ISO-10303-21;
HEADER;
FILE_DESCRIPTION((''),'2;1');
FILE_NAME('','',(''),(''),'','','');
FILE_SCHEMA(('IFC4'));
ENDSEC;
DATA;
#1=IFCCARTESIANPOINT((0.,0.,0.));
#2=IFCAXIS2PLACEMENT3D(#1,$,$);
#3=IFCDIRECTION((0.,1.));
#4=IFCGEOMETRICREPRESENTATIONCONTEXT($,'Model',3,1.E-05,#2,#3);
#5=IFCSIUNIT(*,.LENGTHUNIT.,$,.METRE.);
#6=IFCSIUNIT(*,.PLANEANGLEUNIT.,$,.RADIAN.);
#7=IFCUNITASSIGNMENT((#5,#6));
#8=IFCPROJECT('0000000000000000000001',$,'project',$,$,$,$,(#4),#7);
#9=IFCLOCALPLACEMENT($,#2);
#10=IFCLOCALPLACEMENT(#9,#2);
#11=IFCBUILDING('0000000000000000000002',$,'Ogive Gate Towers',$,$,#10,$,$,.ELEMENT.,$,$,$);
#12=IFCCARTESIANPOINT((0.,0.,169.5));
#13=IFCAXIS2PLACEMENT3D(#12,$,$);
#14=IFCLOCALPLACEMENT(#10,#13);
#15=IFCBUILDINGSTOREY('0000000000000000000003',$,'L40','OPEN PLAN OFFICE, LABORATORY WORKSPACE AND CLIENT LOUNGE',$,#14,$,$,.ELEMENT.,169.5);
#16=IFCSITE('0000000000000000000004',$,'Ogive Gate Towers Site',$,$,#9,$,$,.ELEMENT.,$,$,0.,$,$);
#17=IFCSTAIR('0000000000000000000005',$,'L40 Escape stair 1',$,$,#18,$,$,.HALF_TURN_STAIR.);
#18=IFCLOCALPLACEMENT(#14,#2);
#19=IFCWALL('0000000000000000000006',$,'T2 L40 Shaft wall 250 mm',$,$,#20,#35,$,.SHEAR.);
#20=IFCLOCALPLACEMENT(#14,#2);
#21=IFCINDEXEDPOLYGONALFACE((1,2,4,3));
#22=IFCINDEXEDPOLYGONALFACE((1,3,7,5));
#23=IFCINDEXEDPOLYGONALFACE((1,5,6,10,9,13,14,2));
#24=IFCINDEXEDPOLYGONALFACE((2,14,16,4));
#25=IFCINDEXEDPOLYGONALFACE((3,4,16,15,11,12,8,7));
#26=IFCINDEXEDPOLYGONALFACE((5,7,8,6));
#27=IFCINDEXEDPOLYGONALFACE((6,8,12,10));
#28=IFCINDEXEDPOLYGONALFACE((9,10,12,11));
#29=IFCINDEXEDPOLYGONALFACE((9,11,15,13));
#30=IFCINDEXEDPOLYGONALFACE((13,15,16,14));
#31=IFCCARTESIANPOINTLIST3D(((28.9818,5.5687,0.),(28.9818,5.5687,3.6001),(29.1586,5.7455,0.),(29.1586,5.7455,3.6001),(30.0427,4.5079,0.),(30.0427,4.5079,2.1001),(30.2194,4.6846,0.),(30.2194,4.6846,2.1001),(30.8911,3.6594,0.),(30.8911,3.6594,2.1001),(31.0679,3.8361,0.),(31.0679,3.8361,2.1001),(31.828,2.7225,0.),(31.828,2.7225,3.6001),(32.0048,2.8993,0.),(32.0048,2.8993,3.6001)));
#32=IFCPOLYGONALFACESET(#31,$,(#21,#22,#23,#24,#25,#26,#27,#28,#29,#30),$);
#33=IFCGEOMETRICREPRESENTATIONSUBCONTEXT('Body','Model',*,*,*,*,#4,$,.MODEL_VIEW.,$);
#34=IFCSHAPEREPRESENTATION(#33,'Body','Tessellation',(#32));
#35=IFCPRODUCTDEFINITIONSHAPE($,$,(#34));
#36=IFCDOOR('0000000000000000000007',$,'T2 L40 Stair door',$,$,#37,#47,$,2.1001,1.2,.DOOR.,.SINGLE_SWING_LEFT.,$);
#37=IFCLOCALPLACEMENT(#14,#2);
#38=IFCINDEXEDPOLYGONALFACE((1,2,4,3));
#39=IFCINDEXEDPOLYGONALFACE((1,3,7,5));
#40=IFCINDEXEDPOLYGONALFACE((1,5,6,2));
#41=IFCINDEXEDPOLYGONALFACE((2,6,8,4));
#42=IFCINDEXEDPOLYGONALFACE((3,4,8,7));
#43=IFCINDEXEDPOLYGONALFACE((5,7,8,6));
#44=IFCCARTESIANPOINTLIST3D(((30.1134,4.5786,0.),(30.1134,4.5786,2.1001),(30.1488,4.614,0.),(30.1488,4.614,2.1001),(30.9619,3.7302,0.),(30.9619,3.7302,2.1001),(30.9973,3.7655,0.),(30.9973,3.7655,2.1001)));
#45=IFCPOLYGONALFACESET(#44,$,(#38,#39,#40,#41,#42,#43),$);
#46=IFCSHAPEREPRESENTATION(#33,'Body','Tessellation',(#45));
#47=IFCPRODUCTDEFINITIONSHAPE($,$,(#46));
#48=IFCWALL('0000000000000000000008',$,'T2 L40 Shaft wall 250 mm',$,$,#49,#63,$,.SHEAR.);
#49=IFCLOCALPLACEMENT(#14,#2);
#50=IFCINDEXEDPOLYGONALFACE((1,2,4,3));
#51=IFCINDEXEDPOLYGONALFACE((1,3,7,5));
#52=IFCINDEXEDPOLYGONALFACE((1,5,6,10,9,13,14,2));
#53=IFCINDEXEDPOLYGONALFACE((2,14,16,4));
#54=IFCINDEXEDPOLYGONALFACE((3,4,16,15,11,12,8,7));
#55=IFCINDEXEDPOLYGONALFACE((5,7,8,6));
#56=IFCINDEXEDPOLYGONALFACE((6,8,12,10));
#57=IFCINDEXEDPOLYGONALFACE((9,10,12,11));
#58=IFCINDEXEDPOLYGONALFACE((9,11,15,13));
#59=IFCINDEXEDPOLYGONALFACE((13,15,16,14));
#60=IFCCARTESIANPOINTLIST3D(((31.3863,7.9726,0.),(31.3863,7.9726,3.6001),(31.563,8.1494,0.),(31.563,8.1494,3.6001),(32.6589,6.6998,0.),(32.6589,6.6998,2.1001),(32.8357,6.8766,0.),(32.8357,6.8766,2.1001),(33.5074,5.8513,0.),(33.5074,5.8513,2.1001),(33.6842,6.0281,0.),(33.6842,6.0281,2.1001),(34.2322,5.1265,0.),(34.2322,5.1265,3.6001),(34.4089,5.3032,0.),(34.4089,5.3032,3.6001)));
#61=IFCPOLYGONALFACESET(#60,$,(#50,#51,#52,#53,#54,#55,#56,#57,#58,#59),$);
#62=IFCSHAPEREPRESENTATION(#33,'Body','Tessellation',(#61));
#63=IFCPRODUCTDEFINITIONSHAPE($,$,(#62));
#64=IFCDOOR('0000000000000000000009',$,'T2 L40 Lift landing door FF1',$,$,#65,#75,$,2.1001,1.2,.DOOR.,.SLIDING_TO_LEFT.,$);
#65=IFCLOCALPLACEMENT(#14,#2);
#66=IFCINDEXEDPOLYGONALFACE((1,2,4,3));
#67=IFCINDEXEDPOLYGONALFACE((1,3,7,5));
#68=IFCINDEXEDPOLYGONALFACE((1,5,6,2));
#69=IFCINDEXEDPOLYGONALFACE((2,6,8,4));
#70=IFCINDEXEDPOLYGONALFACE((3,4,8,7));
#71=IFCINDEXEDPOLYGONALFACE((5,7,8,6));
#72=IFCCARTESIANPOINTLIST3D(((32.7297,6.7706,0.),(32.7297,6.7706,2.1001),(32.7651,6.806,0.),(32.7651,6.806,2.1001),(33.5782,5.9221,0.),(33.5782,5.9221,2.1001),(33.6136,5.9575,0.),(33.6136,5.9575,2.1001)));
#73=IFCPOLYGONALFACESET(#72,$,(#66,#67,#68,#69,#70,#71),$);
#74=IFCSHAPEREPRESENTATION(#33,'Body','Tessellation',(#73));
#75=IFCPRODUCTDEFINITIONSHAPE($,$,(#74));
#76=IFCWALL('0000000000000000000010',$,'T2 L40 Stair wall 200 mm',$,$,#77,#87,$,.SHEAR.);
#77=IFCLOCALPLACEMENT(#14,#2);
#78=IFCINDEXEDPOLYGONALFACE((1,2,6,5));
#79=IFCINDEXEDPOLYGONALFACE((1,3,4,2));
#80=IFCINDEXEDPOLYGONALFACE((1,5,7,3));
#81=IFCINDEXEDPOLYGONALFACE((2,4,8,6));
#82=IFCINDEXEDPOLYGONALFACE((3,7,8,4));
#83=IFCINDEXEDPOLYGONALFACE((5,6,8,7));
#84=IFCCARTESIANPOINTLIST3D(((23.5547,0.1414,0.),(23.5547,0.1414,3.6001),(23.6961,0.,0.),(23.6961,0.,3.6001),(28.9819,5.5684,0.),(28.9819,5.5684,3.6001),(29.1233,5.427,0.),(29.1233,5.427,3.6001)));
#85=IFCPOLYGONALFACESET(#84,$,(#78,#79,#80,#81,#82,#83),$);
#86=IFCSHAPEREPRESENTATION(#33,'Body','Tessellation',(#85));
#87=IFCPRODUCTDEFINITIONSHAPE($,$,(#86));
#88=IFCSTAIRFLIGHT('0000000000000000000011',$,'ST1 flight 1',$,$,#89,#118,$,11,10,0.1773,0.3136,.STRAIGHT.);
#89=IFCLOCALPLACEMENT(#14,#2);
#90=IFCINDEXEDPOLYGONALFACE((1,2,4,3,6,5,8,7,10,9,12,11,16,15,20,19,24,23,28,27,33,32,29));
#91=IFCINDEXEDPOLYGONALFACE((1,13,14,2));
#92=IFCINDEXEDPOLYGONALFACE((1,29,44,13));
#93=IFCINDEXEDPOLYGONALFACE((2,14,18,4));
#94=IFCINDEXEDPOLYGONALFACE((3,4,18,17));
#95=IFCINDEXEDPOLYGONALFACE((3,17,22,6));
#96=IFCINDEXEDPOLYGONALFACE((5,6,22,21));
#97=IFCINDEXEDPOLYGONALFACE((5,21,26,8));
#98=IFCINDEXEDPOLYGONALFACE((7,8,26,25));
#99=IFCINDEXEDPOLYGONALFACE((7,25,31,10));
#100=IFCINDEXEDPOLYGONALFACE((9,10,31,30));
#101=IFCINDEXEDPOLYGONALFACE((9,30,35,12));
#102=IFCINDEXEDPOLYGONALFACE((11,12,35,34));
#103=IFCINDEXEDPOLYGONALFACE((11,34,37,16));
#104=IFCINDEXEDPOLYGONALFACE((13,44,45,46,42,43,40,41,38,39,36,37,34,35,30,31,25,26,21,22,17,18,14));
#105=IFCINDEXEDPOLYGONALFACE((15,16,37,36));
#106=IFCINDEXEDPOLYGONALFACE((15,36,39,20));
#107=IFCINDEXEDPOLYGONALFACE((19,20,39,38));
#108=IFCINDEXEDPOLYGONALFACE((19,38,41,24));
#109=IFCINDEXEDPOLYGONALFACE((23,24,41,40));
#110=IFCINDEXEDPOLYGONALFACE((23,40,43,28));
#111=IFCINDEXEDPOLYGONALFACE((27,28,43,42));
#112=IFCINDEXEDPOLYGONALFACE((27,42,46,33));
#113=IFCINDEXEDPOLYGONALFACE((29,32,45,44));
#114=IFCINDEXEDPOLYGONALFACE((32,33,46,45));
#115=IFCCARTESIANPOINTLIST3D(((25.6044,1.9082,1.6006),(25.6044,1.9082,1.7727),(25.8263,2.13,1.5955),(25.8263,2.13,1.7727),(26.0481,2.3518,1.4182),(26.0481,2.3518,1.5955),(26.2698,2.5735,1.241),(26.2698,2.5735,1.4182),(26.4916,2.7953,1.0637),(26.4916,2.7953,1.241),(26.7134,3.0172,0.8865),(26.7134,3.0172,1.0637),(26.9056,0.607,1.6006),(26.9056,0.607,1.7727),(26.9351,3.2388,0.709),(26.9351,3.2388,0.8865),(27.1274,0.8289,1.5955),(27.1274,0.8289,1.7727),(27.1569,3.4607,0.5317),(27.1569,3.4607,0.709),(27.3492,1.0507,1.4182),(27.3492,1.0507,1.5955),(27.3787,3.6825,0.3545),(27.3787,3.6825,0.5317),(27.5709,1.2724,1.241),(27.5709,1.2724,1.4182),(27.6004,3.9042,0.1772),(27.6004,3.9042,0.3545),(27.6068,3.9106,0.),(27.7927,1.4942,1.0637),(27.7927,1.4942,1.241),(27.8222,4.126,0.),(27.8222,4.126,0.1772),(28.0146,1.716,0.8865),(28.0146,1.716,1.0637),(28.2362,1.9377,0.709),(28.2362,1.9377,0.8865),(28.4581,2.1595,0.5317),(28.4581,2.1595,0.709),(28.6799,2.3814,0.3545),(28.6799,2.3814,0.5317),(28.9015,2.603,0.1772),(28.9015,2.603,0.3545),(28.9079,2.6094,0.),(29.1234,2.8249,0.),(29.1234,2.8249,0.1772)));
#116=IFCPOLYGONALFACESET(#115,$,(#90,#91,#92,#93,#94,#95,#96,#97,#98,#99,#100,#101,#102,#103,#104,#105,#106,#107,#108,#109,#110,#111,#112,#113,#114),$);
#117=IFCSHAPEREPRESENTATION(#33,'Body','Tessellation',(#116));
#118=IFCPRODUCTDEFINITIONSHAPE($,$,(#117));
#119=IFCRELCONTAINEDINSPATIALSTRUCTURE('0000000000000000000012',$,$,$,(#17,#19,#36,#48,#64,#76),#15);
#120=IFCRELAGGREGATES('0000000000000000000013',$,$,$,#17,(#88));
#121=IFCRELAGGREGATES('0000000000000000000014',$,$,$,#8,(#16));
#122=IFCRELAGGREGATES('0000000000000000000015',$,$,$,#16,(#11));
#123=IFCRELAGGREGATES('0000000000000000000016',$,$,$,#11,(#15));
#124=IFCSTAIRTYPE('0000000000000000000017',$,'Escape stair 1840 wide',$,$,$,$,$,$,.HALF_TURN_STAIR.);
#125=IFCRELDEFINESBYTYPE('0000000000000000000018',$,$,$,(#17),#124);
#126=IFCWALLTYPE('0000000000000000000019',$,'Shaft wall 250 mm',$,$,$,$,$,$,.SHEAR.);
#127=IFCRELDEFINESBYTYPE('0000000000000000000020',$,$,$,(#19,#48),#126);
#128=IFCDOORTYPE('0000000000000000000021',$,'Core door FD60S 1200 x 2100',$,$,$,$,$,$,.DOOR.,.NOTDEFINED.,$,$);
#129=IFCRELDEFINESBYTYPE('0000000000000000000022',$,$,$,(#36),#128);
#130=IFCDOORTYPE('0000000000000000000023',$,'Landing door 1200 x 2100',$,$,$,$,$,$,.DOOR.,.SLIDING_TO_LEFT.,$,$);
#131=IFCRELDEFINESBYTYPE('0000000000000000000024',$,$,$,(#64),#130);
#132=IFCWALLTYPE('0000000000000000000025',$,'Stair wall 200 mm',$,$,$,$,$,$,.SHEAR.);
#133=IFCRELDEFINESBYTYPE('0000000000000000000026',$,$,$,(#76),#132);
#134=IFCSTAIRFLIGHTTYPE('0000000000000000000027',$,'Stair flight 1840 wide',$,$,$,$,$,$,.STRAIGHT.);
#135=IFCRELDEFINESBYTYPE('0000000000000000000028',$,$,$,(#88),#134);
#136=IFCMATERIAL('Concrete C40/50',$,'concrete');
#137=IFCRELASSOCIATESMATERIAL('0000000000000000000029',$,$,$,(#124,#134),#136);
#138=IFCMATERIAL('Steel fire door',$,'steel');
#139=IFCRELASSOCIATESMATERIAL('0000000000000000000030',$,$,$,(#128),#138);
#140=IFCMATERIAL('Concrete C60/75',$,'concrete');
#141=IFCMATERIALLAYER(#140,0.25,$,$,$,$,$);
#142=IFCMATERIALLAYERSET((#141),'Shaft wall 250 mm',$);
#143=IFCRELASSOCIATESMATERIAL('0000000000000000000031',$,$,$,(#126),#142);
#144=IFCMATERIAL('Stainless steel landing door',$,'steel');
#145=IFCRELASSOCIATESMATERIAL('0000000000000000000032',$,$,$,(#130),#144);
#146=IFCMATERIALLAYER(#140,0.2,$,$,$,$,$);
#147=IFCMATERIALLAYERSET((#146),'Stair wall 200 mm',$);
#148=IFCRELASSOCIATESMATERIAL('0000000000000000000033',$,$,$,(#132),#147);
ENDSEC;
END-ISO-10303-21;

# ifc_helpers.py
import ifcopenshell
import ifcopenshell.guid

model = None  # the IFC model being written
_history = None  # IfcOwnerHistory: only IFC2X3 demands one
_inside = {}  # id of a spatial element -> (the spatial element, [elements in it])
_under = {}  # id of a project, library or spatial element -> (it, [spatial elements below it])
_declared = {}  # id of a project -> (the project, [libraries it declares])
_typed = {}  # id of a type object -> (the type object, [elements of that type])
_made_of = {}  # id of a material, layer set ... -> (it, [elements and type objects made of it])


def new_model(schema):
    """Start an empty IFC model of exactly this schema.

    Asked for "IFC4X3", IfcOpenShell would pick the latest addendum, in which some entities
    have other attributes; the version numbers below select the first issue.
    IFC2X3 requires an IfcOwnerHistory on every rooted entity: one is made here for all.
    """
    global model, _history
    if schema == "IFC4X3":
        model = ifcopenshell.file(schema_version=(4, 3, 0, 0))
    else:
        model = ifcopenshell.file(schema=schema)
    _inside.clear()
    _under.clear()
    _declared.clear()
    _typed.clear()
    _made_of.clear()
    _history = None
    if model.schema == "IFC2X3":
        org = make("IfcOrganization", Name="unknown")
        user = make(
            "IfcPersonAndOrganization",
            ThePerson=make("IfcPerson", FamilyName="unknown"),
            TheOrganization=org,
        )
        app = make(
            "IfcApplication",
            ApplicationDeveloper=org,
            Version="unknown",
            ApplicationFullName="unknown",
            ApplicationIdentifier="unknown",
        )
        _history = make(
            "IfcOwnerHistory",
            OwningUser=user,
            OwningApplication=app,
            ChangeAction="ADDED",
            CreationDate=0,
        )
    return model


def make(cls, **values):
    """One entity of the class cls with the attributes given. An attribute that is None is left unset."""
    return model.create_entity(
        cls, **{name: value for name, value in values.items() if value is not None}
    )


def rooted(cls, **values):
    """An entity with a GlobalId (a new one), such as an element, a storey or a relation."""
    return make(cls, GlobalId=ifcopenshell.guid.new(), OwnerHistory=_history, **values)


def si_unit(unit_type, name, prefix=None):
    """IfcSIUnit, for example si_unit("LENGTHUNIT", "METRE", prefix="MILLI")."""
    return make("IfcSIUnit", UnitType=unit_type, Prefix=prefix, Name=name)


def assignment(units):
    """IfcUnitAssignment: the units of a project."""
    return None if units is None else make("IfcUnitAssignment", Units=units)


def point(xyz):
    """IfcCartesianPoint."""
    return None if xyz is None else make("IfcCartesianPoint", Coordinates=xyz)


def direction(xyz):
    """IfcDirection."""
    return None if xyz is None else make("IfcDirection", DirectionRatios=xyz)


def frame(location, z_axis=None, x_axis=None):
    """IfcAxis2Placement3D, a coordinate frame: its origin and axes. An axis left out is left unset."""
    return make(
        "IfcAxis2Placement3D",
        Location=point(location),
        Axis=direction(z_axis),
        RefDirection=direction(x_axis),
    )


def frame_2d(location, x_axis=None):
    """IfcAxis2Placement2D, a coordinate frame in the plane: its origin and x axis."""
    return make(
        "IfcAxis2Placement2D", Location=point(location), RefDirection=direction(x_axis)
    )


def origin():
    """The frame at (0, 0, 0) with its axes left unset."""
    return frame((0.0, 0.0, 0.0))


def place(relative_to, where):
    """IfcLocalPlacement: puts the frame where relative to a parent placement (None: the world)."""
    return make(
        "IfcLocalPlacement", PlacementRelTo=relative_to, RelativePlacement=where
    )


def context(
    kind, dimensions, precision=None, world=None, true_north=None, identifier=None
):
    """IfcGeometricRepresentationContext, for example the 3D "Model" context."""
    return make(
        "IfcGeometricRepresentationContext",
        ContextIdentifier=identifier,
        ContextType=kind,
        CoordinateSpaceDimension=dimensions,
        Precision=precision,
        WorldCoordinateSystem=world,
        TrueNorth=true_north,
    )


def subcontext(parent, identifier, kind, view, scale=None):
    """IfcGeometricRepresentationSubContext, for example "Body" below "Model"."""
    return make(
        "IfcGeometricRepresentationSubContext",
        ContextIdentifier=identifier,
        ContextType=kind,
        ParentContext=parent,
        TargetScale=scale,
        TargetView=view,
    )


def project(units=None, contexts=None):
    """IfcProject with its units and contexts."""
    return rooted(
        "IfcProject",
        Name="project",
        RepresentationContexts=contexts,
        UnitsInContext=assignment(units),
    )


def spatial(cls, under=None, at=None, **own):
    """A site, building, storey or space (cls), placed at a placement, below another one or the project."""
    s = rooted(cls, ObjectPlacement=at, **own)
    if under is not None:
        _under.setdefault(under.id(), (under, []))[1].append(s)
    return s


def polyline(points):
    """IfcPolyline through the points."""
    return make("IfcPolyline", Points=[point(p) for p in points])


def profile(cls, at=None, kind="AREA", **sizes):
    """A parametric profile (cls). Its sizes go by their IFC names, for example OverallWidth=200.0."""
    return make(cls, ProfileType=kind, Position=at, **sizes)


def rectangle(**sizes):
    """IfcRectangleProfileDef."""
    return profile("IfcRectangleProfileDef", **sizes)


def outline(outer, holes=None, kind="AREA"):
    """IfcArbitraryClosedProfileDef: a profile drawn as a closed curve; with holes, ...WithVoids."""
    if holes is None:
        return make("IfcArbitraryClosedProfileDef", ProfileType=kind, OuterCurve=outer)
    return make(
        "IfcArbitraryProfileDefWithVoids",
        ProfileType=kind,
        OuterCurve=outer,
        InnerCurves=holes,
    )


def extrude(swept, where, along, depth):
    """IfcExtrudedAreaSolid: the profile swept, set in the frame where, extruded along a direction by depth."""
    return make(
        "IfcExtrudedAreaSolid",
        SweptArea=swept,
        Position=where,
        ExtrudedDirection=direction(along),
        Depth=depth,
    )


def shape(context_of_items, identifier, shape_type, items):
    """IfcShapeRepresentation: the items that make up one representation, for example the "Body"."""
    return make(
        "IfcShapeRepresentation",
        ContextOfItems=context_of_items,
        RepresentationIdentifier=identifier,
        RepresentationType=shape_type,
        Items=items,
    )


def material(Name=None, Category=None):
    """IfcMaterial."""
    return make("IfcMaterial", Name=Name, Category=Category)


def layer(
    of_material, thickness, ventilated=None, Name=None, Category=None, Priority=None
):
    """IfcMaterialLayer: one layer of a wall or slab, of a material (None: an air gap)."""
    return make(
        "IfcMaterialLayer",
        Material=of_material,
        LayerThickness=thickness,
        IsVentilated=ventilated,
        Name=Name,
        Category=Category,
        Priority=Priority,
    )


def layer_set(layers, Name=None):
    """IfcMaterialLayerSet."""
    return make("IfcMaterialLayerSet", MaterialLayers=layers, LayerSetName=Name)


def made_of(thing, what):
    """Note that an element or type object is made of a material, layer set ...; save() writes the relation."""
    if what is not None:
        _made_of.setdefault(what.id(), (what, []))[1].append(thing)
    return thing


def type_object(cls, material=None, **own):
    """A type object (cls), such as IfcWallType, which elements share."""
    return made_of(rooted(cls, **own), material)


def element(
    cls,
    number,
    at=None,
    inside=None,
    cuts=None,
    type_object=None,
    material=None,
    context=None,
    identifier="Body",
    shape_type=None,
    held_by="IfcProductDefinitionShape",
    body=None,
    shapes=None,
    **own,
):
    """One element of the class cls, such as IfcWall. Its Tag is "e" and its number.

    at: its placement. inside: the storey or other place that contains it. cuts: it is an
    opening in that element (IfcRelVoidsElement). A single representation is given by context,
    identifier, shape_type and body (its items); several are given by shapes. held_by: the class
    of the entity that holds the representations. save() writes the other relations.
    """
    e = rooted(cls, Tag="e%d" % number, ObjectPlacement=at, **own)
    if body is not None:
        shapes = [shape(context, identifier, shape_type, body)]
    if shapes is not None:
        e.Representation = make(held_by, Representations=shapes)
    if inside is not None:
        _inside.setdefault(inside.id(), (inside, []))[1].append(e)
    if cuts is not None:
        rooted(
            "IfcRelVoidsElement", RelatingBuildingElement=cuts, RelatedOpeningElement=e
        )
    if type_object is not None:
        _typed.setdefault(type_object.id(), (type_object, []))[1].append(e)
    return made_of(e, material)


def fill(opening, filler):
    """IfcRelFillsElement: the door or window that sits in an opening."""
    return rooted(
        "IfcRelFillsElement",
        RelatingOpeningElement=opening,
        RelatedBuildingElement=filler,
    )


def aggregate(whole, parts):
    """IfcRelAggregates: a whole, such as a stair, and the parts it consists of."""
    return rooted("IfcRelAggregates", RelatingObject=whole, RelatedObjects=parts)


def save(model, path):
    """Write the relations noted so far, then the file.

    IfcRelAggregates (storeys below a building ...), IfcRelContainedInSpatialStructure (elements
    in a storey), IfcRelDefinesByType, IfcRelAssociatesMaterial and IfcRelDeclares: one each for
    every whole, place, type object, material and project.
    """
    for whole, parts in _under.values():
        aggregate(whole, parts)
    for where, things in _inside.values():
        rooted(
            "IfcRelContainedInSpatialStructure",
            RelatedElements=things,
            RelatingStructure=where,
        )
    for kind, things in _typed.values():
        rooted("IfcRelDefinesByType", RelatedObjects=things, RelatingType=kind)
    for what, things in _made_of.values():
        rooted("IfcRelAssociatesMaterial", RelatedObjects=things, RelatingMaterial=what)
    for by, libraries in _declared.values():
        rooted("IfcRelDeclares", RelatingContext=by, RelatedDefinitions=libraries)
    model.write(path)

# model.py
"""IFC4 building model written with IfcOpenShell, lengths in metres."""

from ifc_helpers import new_model, si_unit, direction, frame, frame_2d, origin, place, context, subcontext, project, spatial, polyline, rectangle, outline, extrude, material, layer, layer_set, type_object, element, fill, aggregate, save


model = new_model("IFC4")

# Units and contexts
model_context = context("Model", 3, precision=1e-05, world=origin(), true_north=direction((0.0, 1.0)))
body_context = subcontext(model_context, "Body", "Model", "MODEL_VIEW")
ifc_project = project(units=[si_unit("LENGTHUNIT", "METRE"), si_unit("PLANEANGLEUNIT", "RADIAN")], contexts=[model_context])

# Site, building, storey
site_placement = place(None, origin())
site = spatial("IfcSite", under=ifc_project, at=site_placement, Name="Ogive Gate Towers Site", CompositionType="ELEMENT", RefElevation=0.0)
building_placement = place(site_placement, origin())
building = spatial("IfcBuilding", under=site, at=building_placement, Name="Ogive Gate Towers", CompositionType="ELEMENT")
storey_placement = place(building_placement, frame((0.0, 0.0, 169.5)))
storey = spatial("IfcBuildingStorey", under=building, at=storey_placement, Name="L40", Description="OPEN PLAN OFFICE, LABORATORY WORKSPACE AND CLIENT LOUNGE", CompositionType="ELEMENT", Elevation=169.5)

# Shared definitions
ifc_material_1 = material(Name="Concrete C40/50", Category="concrete")

# Stair
stair_type = type_object("IfcStairType", Name="Escape stair 1840 wide", PredefinedType="HALF_TURN_STAIR", material=ifc_material_1)
stair_1_placement = place(storey_placement, origin())
stair_1 = element("IfcStair", 1, at=stair_1_placement, inside=storey, type_object=stair_type, Name="L40 Escape stair 1", PredefinedType="HALF_TURN_STAIR")

# Shared definitions
ifc_material_2 = material(Name="Concrete C60/75", Category="concrete")
ifc_material_3 = material(Name="Steel fire door", Category="steel")
door_type_1 = type_object("IfcDoorType", Name="Core door FD60S 1200 x 2100", OperationType="NOTDEFINED", PredefinedType="DOOR", material=ifc_material_3)

# Shared definitions
ifc_layer_1 = layer(ifc_material_2, 0.25)
ifc_layer_set_1 = layer_set([ifc_layer_1], Name="Shaft wall 250 mm")
wall_type_1 = type_object("IfcWallType", Name="Shaft wall 250 mm", PredefinedType="SHEAR", material=ifc_layer_set_1)

# Walls, openings, doors
wall_1_placement = place(storey_placement, frame((31.9165, 2.8108, 0.0), z_axis=(0.0, 0.0, 1.0), x_axis=(-0.707107, 0.707107, 0.0)))
wall_1 = element("IfcWall", 2, at=wall_1_placement, inside=storey, type_object=wall_type_1, Name="T2 L40 Shaft wall 250 mm", PredefinedType="SHEAR", context=body_context, shape_type="SweptSolid", body=[
    extrude(rectangle(XDim=4.0251, YDim=0.25, at=frame_2d((2.0127, 0.0))), origin(), (0.0, 0.0, 1.0), 3.6001),
])
opening_1_placement = place(wall_1_placement, frame((1.325, 0.0, 0.0)))
opening_1 = element("IfcOpeningElement", 3, at=opening_1_placement, cuts=wall_1, PredefinedType="OPENING", context=body_context, shape_type="SweptSolid", body=[
    extrude(rectangle(XDim=1.2, YDim=2.1001, at=frame_2d((0.6001, 1.05))), frame((0.0, 0.135, 0.0), z_axis=(0.0, -1.0, 0.0), x_axis=(1.0, 0.0, 0.0)), (0.0, 0.0, 1.0), 0.27),
])
door_1_placement = place(opening_1_placement, origin())
door_1 = element("IfcDoor", 4, at=door_1_placement, inside=storey, type_object=door_type_1, Name="T2 L40 Stair door", OperationType="SINGLE_SWING_LEFT", OverallHeight=2.1001, OverallWidth=1.2, PredefinedType="DOOR", context=body_context, shape_type="SweptSolid", body=[
    extrude(rectangle(XDim=1.2, YDim=2.1001, at=frame_2d((0.6001, 1.05))), frame((0.0, 0.0249, 0.0), z_axis=(0.0, -1.0, 0.0), x_axis=(1.0, 0.0, 0.0)), (0.0, 0.0, 1.0), 0.05),
])
fill(opening_1, door_1)
wall_2_placement = place(storey_placement, frame((34.3206, 5.2148, 0.0), z_axis=(0.0, 0.0, 1.0), x_axis=(-0.707076, 0.707137, 0.0)))
wall_2 = element("IfcWall", 5, at=wall_2_placement, inside=storey, type_object=wall_type_1, Name="T2 L40 Shaft wall 250 mm", PredefinedType="SHEAR", context=body_context, shape_type="SweptSolid", body=[
    extrude(rectangle(XDim=4.0249, YDim=0.25, at=frame_2d((2.0125, 0.0))), origin(), (0.0, 0.0, 1.0), 3.6001),
])
opening_2_placement = place(wall_2_placement, frame((1.0249, 0.0, 0.0)))
opening_2 = element("IfcOpeningElement", 6, at=opening_2_placement, cuts=wall_2, PredefinedType="OPENING", context=body_context, shape_type="SweptSolid", body=[
    extrude(rectangle(XDim=1.2, YDim=2.1001, at=frame_2d((0.6001, 1.05))), frame((0.0, 0.135, 0.0), z_axis=(0.0, -1.0, 0.0), x_axis=(1.0, 0.0, 0.0)), (0.0, 0.0, 1.0), 0.27),
])
ifc_material_4 = material(Name="Stainless steel landing door", Category="steel")
door_type_2 = type_object("IfcDoorType", Name="Landing door 1200 x 2100", OperationType="SLIDING_TO_LEFT", PredefinedType="DOOR", material=ifc_material_4)
door_2_placement = place(opening_2_placement, origin())
door_2 = element("IfcDoor", 7, at=door_2_placement, inside=storey, type_object=door_type_2, Name="T2 L40 Lift landing door FF1", OperationType="SLIDING_TO_LEFT", OverallHeight=2.1001, OverallWidth=1.2, PredefinedType="DOOR", context=body_context, shape_type="SweptSolid", body=[
    extrude(rectangle(XDim=1.2, YDim=2.1001, at=frame_2d((0.6001, 1.05))), frame((0.0, 0.0249, 0.0), z_axis=(0.0, -1.0, 0.0), x_axis=(1.0, 0.0, 0.0)), (0.0, 0.0, 1.0), 0.05),
])
fill(opening_2, door_2)

# Wall
ifc_layer_2 = layer(ifc_material_2, 0.2)
ifc_layer_set_2 = layer_set([ifc_layer_2], Name="Stair wall 200 mm")
wall_type_2 = type_object("IfcWallType", Name="Stair wall 200 mm", PredefinedType="SHEAR", material=ifc_layer_set_2)
wall_3_placement = place(storey_placement, frame((23.6255, 0.0708, 0.0), z_axis=(0.0, 0.0, 1.0), x_axis=(0.707123, 0.707091, 0.0)))
element("IfcWall", 8, at=wall_3_placement, inside=storey, type_object=wall_type_2, Name="T2 L40 Stair wall 200 mm", PredefinedType="SHEAR", context=body_context, shape_type="SweptSolid", body=[
    extrude(rectangle(XDim=7.675, YDim=0.2, at=frame_2d((3.8374, 0.0))), origin(), (0.0, 0.0, 1.0), 3.6001),
])

# Stair flight
stair_flight_type = type_object("IfcStairFlightType", Name="Stair flight 1840 wide", PredefinedType="STRAIGHT", material=ifc_material_1)
stair_flight_placement = place(storey_placement, frame((28.4729, 3.4753, 0.0), z_axis=(0.0, 0.0, 1.0), x_axis=(-0.707107, -0.707107, 0.0)))
stair_flight = element("IfcStairFlight", 9, at=stair_flight_placement, type_object=stair_flight_type, Name="ST1 flight 1", NumberOfRisers=11, NumberOfTreads=10, PredefinedType="STRAIGHT", RiserHeight=0.1773, TreadLength=0.3136, context=body_context, shape_type="SweptSolid", body=[
    extrude(outline(polyline([(0.0, 0.0), (0.0, 0.1772), (0.3137, 0.1772), (0.3137, 0.3545), (0.6272, 0.3545), (0.6272, 0.5317), (0.9409, 0.5317), (0.9409, 0.709), (1.2546, 0.709), (1.2546, 0.8865), (1.5681, 0.8865), (1.5681, 1.0637), (1.8818, 1.0637), (1.8818, 1.241), (2.1956, 1.241), (2.1956, 1.4182), (2.509, 1.4182), (2.509, 1.5955), (2.8228, 1.5955), (2.8228, 1.7727), (3.1365, 1.7727), (3.1365, 1.95), (3.1365, 1.6006), (0.3047, 0.0), (0.0, 0.0)])), frame((0.0, 0.9199, 0.0), z_axis=(0.0, -1.0, 0.0), x_axis=(1.0, 0.0, 0.0)), (0.0, 0.0, 1.0), 1.8401),
])
aggregate(stair_1, [stair_flight])

save(model, "model.ifc")
